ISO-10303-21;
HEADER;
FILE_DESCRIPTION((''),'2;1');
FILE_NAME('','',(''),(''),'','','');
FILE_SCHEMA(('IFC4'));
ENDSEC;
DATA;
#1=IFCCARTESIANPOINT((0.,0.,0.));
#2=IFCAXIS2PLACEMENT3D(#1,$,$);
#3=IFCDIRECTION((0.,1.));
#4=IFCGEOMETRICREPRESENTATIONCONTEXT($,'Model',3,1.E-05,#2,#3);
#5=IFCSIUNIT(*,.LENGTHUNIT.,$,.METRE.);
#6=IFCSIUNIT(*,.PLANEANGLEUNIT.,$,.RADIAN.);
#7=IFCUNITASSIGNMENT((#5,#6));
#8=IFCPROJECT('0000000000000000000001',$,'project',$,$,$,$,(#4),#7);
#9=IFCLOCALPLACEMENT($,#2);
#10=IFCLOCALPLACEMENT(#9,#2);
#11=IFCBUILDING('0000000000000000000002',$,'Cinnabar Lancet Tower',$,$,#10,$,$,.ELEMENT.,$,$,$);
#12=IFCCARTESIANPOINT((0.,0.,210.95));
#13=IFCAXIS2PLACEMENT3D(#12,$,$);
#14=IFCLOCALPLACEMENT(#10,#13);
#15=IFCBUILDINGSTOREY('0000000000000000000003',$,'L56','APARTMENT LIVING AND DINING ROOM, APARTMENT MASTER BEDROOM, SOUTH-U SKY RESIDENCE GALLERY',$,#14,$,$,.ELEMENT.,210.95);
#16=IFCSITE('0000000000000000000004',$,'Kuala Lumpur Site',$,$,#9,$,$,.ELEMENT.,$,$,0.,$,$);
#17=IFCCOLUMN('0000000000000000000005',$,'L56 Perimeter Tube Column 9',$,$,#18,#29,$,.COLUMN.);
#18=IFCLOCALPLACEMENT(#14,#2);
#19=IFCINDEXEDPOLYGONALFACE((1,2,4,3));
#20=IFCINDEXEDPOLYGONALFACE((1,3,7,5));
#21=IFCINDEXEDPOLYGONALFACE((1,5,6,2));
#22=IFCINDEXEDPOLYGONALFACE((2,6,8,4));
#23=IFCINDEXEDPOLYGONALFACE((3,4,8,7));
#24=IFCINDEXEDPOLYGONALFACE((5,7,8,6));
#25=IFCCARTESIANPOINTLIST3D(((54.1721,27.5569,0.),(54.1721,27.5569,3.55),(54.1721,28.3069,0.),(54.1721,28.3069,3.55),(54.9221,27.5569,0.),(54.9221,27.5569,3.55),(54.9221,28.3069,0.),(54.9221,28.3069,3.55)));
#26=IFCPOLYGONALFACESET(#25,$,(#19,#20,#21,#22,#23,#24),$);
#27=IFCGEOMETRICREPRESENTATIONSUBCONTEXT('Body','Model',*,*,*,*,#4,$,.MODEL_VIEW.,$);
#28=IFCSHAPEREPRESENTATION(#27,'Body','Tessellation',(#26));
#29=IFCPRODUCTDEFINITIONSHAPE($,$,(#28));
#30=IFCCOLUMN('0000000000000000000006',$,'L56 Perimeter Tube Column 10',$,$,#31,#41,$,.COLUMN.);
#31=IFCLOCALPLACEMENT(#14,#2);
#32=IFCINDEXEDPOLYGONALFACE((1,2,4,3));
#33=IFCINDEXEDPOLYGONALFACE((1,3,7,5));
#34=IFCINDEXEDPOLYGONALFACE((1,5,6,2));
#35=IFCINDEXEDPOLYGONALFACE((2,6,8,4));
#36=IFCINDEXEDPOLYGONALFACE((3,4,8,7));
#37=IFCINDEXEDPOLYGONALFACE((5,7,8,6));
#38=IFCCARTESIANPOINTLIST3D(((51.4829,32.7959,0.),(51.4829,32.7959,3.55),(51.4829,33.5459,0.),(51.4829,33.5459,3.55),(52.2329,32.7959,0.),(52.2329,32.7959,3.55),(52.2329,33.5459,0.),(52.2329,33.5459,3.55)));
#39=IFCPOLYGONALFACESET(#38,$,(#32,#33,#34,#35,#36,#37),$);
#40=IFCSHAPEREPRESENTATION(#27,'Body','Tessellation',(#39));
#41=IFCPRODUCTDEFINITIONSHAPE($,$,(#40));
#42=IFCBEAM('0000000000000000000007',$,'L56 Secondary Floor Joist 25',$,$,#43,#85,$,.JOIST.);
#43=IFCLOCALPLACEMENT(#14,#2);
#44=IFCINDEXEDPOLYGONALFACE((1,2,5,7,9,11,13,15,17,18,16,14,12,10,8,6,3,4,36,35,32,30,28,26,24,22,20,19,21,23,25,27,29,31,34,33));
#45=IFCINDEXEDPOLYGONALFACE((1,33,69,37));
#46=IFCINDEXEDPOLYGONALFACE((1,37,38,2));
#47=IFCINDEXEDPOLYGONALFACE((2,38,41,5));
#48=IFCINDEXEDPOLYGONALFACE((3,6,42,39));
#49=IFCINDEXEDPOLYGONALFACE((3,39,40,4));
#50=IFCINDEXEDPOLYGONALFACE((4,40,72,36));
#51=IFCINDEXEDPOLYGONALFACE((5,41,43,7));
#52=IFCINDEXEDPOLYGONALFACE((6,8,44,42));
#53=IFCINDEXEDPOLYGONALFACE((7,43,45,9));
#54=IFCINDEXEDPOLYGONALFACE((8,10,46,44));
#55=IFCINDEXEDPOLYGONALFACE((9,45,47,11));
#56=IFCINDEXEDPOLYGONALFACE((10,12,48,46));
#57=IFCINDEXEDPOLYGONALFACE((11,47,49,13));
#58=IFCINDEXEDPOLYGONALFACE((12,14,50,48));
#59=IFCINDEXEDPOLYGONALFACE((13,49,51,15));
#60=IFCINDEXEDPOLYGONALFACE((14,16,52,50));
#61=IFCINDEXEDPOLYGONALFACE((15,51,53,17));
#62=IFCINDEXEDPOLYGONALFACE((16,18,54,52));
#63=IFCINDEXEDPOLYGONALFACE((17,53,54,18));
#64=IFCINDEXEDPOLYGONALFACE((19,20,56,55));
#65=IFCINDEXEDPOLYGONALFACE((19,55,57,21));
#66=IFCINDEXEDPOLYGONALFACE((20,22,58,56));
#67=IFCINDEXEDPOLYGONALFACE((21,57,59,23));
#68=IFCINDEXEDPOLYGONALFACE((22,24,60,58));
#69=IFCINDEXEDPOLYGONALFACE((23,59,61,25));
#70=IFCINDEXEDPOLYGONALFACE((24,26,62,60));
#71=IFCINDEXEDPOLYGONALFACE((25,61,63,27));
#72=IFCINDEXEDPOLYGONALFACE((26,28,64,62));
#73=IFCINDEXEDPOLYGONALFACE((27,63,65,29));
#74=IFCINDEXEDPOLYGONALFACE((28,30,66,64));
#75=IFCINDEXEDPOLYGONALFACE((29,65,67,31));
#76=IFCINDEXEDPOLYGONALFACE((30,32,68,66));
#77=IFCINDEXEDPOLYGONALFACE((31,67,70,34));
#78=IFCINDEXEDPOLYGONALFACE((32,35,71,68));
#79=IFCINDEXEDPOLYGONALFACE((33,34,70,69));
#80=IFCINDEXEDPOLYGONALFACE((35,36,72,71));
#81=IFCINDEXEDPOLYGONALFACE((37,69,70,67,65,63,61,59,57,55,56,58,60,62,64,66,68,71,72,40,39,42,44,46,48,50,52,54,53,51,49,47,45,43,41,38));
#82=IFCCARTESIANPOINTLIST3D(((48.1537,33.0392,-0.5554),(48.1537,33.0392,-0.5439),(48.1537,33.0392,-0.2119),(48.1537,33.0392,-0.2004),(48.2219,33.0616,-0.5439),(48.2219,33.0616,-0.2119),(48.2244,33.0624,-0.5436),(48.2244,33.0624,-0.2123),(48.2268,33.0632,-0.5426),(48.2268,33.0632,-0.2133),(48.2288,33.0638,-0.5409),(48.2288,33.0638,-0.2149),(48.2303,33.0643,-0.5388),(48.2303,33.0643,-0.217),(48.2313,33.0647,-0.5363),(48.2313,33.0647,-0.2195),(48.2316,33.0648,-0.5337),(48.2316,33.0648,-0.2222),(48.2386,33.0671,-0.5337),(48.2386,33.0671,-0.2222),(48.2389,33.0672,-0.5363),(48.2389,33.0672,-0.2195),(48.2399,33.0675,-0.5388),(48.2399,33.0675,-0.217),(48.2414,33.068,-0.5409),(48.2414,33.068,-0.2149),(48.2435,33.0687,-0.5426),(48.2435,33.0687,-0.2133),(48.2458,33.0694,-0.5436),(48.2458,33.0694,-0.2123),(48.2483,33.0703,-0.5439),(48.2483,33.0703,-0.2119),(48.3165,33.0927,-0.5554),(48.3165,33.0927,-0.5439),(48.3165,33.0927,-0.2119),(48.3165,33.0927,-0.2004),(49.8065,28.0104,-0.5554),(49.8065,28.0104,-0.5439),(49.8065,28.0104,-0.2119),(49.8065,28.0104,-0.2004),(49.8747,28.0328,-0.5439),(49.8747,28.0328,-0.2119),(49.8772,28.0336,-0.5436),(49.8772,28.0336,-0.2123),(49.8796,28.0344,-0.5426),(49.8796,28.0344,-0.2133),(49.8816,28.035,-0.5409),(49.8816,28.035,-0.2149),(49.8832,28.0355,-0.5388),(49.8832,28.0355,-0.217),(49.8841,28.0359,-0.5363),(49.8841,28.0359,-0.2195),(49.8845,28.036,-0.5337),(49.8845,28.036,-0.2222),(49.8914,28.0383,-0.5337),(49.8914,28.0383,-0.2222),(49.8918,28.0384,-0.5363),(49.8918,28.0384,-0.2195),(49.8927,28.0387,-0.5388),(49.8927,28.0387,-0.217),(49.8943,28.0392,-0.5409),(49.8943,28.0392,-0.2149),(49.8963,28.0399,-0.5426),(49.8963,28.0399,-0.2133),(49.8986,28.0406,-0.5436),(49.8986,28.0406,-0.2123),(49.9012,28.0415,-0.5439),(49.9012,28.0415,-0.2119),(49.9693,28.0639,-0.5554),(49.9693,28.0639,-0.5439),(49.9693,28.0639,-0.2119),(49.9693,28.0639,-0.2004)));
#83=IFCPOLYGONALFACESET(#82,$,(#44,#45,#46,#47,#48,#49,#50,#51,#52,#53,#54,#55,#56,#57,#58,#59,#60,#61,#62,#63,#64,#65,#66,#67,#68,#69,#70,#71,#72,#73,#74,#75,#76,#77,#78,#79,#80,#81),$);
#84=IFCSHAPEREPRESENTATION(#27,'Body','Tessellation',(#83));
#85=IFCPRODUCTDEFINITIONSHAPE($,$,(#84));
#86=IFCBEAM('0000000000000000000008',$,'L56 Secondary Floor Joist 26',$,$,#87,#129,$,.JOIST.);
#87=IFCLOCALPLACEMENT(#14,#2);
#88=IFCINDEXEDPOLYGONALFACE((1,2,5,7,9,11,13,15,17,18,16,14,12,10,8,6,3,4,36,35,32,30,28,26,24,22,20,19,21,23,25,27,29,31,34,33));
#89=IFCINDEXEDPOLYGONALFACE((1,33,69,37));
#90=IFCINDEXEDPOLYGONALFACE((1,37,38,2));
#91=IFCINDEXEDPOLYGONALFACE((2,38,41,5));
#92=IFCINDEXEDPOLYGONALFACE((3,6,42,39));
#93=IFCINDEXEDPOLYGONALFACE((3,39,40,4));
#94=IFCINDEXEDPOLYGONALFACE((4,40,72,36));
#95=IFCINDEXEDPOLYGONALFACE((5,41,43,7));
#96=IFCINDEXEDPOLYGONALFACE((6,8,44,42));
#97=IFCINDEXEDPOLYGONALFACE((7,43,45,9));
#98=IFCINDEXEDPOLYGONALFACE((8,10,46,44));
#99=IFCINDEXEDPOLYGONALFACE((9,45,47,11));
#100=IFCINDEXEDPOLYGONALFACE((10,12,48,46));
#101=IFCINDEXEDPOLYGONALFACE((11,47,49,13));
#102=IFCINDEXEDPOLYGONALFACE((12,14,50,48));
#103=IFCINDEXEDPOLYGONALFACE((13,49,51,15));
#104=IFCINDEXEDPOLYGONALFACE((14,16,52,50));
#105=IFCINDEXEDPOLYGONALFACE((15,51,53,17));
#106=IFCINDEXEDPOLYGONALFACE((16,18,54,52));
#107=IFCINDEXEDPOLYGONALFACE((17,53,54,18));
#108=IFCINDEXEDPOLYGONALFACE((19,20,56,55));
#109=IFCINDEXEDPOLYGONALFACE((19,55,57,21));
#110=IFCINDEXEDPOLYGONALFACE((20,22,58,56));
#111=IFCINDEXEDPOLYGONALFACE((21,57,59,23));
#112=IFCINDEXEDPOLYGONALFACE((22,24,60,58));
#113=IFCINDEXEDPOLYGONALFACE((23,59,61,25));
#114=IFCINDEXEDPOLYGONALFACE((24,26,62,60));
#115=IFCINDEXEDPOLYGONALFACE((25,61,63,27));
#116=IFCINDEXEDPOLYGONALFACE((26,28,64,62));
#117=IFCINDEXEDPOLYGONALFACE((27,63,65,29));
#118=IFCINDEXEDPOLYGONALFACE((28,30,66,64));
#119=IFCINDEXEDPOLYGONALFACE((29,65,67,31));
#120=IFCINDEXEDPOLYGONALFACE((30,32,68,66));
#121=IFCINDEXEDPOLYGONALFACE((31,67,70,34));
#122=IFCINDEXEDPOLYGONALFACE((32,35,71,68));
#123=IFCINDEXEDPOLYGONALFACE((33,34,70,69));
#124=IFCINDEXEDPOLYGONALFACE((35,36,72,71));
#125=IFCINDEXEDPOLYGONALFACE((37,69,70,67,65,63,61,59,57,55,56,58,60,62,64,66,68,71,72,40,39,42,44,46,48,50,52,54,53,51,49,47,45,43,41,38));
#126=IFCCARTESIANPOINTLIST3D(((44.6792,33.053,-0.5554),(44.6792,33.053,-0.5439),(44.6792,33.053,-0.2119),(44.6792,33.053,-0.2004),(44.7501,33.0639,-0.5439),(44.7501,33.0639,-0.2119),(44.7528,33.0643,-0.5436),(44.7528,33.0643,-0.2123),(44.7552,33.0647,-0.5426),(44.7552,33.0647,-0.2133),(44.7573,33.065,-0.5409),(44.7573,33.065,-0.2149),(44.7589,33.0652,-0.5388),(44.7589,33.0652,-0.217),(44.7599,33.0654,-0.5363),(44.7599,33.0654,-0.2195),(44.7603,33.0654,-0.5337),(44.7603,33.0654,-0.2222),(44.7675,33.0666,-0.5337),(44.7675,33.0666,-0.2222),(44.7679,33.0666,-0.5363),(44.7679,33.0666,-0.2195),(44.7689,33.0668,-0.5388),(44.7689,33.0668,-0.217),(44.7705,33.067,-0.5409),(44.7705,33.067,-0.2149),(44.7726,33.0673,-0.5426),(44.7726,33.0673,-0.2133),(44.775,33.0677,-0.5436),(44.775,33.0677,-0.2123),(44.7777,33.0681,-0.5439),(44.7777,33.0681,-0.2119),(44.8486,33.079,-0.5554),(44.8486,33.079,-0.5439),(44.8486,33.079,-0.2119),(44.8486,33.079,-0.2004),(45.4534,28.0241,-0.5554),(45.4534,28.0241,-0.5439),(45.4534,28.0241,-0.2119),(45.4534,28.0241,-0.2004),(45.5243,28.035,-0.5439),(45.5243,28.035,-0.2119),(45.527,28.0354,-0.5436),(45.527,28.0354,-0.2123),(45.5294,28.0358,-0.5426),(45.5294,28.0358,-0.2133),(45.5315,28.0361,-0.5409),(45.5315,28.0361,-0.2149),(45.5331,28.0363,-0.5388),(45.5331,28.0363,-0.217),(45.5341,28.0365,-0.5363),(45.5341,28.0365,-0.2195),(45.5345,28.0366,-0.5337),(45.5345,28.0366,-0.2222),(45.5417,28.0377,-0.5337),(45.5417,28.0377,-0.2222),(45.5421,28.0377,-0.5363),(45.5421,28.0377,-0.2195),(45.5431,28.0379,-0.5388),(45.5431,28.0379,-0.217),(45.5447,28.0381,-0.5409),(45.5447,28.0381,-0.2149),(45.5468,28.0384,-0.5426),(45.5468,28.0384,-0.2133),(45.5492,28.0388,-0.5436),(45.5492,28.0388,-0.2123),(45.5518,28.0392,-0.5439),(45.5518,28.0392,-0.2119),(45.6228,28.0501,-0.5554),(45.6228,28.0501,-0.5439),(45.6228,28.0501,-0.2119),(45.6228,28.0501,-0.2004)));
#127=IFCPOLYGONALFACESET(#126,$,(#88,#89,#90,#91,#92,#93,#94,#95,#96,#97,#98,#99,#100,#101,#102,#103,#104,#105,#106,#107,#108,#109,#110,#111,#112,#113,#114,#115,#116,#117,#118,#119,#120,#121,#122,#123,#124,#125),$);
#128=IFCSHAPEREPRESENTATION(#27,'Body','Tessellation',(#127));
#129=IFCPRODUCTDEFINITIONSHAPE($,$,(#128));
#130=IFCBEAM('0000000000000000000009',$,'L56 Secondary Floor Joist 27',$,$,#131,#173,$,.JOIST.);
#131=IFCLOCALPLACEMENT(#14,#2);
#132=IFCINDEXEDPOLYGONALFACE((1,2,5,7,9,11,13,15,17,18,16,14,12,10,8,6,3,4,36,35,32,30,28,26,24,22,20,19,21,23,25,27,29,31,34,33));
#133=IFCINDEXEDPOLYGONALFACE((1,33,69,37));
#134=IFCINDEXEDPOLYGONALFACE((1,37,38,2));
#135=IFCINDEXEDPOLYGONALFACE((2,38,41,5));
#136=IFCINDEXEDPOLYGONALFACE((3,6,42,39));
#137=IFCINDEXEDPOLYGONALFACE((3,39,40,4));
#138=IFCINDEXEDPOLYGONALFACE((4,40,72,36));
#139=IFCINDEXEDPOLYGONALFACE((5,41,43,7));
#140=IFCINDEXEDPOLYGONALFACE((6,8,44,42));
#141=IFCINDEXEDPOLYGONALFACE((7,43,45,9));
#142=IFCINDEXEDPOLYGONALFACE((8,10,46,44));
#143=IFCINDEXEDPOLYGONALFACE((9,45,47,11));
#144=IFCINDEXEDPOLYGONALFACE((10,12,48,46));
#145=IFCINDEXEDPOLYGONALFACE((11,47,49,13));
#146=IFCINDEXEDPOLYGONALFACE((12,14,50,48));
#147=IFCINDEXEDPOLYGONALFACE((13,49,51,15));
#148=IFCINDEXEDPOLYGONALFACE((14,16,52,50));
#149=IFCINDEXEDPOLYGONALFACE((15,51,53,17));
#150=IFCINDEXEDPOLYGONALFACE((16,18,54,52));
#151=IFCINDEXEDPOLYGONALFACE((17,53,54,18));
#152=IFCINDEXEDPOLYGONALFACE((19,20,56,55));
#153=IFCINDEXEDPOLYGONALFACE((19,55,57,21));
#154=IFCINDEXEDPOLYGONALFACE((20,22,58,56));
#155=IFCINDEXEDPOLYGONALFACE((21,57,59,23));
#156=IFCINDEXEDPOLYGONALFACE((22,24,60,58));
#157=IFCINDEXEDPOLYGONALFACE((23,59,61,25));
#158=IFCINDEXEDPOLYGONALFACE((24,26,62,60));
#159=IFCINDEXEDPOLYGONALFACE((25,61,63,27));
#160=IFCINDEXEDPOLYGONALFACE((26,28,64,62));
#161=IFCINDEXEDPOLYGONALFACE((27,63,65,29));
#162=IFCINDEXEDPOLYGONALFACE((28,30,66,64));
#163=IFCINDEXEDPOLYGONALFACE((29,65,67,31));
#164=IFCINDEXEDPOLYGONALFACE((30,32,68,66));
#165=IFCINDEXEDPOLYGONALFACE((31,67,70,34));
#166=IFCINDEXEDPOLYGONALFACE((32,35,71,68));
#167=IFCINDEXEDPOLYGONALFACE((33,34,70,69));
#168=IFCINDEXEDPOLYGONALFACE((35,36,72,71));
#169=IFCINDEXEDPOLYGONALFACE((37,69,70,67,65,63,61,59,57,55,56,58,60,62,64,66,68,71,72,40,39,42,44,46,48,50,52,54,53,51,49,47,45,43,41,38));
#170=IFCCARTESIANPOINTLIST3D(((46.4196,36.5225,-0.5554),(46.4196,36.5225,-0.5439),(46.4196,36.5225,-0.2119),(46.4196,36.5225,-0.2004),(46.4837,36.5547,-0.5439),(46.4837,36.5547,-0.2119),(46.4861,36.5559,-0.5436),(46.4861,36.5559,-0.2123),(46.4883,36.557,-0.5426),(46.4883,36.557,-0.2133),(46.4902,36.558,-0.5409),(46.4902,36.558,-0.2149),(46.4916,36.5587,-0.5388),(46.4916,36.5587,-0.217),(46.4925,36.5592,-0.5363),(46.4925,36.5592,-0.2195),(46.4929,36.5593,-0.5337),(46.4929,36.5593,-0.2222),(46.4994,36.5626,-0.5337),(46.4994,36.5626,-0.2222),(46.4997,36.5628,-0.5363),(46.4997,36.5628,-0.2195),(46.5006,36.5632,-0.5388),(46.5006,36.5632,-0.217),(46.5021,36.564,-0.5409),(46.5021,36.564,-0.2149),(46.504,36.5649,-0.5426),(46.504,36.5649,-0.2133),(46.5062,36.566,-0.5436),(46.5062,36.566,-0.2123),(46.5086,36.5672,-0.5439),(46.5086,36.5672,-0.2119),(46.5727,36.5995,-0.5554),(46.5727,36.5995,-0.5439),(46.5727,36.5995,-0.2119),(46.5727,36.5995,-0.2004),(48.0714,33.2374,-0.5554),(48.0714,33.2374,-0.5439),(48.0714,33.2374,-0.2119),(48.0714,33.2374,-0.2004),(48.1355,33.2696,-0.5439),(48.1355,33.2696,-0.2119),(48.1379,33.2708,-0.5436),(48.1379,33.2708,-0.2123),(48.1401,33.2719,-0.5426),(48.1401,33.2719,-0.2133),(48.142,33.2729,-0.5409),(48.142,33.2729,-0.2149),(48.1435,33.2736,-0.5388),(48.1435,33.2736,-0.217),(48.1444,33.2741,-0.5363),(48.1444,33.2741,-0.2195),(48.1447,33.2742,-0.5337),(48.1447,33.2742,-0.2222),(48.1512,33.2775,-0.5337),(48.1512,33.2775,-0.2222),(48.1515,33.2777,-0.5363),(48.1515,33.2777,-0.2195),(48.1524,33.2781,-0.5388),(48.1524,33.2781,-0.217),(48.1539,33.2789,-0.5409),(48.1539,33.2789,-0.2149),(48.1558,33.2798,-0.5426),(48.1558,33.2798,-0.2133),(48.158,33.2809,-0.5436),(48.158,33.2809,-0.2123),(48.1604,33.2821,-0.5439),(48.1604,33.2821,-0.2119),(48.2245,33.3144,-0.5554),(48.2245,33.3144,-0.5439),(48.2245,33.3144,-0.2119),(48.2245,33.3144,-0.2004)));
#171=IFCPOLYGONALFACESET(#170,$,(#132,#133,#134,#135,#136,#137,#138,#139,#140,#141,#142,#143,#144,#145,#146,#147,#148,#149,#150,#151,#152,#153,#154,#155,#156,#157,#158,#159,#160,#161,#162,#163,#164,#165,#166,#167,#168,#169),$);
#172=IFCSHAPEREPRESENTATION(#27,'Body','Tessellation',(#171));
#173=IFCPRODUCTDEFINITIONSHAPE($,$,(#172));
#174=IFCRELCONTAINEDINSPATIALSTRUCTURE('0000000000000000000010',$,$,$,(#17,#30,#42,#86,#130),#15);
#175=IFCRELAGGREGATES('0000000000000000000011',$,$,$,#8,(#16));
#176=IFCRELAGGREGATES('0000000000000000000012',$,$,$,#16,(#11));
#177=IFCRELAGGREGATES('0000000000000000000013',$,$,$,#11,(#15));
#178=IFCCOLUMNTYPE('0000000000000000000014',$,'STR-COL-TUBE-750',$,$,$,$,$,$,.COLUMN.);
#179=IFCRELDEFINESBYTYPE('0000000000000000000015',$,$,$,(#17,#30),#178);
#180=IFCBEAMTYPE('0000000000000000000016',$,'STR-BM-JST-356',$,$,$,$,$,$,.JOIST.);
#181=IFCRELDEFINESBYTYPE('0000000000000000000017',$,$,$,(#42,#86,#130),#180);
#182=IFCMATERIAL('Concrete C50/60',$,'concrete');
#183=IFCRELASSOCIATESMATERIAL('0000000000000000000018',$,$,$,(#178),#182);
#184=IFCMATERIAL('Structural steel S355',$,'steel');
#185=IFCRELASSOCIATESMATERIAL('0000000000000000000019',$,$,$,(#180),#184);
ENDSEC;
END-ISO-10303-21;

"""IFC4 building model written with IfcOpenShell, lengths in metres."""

from ifc_helpers import new_model, si_unit, direction, frame, origin, origin_2d, place, context, subcontext, project, spatial, rectangle, i_section, extrude, material, material_profile, profile_set, type_object, element, save


model = new_model("IFC4")

# Units and contexts
model_context = context("Model", 3, precision=1e-05, world=origin(), true_north=direction((0.0, 1.0)))
body_context = subcontext(model_context, "Body", "Model", "MODEL_VIEW")
ifc_project = project(units=[si_unit("LENGTHUNIT", "METRE"), si_unit("PLANEANGLEUNIT", "RADIAN")], contexts=[model_context])

# Site, building, storey
site_placement = place(None, origin())
site = spatial("IfcSite", under=ifc_project, at=site_placement, Name="Kuala Lumpur Site", CompositionType="ELEMENT", RefElevation=0.0)
building_placement = place(site_placement, origin())
building = spatial("IfcBuilding", under=site, at=building_placement, Name="Cinnabar Lancet Tower", CompositionType="ELEMENT")
storey_placement = place(building_placement, frame((0.0, 0.0, 210.95)))
storey = spatial("IfcBuildingStorey", under=building, at=storey_placement, Name="L56", Description="APARTMENT LIVING AND DINING ROOM, APARTMENT MASTER BEDROOM, SOUTH-U SKY RESIDENCE GALLERY", CompositionType="ELEMENT", Elevation=210.95)

# Columns
ifc_material_1 = material(Name="Concrete C50/60", Category="concrete")
ifc_material_profile_1 = material_profile(ifc_material_1, rectangle(XDim=0.75, YDim=0.75, at=origin_2d()), Name="RC-COL 750x750")
ifc_profile_set_1 = profile_set([ifc_material_profile_1], Name="Concrete C50/60")
column_type = type_object("IfcColumnType", Name="STR-COL-TUBE-750", PredefinedType="COLUMN", material=ifc_profile_set_1)
for number, where, z_axis, x_axis, name in (
    (1, (54.5471, 27.9319, 0.0), (0.0, 0.0, 1.0), (1.0, 0.0, 0.0), "L56 Perimeter Tube Column 9"),
    (2, (51.8579, 33.1709, 0.0), (0.0, 0.0, 1.0), (1.0, 0.0, 0.0), "L56 Perimeter Tube Column 10"),
):
    element("IfcColumn", number, at=place(storey_placement, frame(where, z_axis=z_axis, x_axis=x_axis)), inside=storey, type_object=column_type, Name=name, PredefinedType="COLUMN", context=body_context, shape_type="SweptSolid", body=[
        extrude(rectangle(XDim=0.75, YDim=0.75, at=origin_2d()), origin(), (0.0, 0.0, 1.0), 3.55),
    ])

# Beams
ifc_material_2 = material(Name="Structural steel S355", Category="steel")
ifc_material_profile_2 = material_profile(ifc_material_2, i_section(OverallWidth=0.1714, OverallDepth=0.355, WebThickness=0.0073, FlangeThickness=0.0115, FilletRadius=0.0103, at=origin_2d()), Name="UKB 356x171x51")
ifc_profile_set_2 = profile_set([ifc_material_profile_2], Name="Structural steel S355")
beam_type_1 = type_object("IfcBeamType", Name="STR-BM-JST-356", PredefinedType="JOIST", material=ifc_profile_set_2)
beam_1_placement = place(storey_placement, frame((49.8879, 28.0371, -0.3779), z_axis=(-0.31224, 0.950003, 0.0), x_axis=(-0.950003, -0.31224, 0.0)))
element("IfcBeam", 3, at=beam_1_placement, inside=storey, type_object=beam_type_1, Name="L56 Secondary Floor Joist 25", PredefinedType="JOIST", context=body_context, shape_type="SweptSolid", body=[
    extrude(i_section(OverallWidth=0.1714, OverallDepth=0.355, WebThickness=0.0073, FlangeThickness=0.0115, FilletRadius=0.0103, at=origin_2d()), origin(), (0.0, 0.0, 1.0), 5.2935),
])
beam_2_placement = place(storey_placement, frame((45.5381, 28.0371, -0.3779), z_axis=(-0.152155, 0.988357, 0.0), x_axis=(-0.988357, -0.152155, 0.0)))
element("IfcBeam", 4, at=beam_2_placement, inside=storey, type_object=beam_type_1, Name="L56 Secondary Floor Joist 26", PredefinedType="JOIST", context=body_context, shape_type="SweptSolid", body=[
    extrude(i_section(OverallWidth=0.1714, OverallDepth=0.355, WebThickness=0.0073, FlangeThickness=0.0115, FilletRadius=0.0103, at=origin_2d()), origin(), (0.0, 0.0, 1.0), 5.0881),
])
beam_3_placement = place(storey_placement, frame((48.1479, 33.2759, -0.3779), z_axis=(-0.449231, 0.893416, 0.0), x_axis=(-0.893416, -0.449231, 0.0)))
element("IfcBeam", 5, at=beam_3_placement, inside=storey, type_object=beam_type_1, Name="L56 Secondary Floor Joist 27", PredefinedType="JOIST", context=body_context, shape_type="SweptSolid", body=[
    extrude(i_section(OverallWidth=0.1714, OverallDepth=0.355, WebThickness=0.0073, FlangeThickness=0.0115, FilletRadius=0.0103, at=origin_2d()), origin(), (0.0, 0.0, 1.0), 3.677),
])

save(model, "model.ifc")
